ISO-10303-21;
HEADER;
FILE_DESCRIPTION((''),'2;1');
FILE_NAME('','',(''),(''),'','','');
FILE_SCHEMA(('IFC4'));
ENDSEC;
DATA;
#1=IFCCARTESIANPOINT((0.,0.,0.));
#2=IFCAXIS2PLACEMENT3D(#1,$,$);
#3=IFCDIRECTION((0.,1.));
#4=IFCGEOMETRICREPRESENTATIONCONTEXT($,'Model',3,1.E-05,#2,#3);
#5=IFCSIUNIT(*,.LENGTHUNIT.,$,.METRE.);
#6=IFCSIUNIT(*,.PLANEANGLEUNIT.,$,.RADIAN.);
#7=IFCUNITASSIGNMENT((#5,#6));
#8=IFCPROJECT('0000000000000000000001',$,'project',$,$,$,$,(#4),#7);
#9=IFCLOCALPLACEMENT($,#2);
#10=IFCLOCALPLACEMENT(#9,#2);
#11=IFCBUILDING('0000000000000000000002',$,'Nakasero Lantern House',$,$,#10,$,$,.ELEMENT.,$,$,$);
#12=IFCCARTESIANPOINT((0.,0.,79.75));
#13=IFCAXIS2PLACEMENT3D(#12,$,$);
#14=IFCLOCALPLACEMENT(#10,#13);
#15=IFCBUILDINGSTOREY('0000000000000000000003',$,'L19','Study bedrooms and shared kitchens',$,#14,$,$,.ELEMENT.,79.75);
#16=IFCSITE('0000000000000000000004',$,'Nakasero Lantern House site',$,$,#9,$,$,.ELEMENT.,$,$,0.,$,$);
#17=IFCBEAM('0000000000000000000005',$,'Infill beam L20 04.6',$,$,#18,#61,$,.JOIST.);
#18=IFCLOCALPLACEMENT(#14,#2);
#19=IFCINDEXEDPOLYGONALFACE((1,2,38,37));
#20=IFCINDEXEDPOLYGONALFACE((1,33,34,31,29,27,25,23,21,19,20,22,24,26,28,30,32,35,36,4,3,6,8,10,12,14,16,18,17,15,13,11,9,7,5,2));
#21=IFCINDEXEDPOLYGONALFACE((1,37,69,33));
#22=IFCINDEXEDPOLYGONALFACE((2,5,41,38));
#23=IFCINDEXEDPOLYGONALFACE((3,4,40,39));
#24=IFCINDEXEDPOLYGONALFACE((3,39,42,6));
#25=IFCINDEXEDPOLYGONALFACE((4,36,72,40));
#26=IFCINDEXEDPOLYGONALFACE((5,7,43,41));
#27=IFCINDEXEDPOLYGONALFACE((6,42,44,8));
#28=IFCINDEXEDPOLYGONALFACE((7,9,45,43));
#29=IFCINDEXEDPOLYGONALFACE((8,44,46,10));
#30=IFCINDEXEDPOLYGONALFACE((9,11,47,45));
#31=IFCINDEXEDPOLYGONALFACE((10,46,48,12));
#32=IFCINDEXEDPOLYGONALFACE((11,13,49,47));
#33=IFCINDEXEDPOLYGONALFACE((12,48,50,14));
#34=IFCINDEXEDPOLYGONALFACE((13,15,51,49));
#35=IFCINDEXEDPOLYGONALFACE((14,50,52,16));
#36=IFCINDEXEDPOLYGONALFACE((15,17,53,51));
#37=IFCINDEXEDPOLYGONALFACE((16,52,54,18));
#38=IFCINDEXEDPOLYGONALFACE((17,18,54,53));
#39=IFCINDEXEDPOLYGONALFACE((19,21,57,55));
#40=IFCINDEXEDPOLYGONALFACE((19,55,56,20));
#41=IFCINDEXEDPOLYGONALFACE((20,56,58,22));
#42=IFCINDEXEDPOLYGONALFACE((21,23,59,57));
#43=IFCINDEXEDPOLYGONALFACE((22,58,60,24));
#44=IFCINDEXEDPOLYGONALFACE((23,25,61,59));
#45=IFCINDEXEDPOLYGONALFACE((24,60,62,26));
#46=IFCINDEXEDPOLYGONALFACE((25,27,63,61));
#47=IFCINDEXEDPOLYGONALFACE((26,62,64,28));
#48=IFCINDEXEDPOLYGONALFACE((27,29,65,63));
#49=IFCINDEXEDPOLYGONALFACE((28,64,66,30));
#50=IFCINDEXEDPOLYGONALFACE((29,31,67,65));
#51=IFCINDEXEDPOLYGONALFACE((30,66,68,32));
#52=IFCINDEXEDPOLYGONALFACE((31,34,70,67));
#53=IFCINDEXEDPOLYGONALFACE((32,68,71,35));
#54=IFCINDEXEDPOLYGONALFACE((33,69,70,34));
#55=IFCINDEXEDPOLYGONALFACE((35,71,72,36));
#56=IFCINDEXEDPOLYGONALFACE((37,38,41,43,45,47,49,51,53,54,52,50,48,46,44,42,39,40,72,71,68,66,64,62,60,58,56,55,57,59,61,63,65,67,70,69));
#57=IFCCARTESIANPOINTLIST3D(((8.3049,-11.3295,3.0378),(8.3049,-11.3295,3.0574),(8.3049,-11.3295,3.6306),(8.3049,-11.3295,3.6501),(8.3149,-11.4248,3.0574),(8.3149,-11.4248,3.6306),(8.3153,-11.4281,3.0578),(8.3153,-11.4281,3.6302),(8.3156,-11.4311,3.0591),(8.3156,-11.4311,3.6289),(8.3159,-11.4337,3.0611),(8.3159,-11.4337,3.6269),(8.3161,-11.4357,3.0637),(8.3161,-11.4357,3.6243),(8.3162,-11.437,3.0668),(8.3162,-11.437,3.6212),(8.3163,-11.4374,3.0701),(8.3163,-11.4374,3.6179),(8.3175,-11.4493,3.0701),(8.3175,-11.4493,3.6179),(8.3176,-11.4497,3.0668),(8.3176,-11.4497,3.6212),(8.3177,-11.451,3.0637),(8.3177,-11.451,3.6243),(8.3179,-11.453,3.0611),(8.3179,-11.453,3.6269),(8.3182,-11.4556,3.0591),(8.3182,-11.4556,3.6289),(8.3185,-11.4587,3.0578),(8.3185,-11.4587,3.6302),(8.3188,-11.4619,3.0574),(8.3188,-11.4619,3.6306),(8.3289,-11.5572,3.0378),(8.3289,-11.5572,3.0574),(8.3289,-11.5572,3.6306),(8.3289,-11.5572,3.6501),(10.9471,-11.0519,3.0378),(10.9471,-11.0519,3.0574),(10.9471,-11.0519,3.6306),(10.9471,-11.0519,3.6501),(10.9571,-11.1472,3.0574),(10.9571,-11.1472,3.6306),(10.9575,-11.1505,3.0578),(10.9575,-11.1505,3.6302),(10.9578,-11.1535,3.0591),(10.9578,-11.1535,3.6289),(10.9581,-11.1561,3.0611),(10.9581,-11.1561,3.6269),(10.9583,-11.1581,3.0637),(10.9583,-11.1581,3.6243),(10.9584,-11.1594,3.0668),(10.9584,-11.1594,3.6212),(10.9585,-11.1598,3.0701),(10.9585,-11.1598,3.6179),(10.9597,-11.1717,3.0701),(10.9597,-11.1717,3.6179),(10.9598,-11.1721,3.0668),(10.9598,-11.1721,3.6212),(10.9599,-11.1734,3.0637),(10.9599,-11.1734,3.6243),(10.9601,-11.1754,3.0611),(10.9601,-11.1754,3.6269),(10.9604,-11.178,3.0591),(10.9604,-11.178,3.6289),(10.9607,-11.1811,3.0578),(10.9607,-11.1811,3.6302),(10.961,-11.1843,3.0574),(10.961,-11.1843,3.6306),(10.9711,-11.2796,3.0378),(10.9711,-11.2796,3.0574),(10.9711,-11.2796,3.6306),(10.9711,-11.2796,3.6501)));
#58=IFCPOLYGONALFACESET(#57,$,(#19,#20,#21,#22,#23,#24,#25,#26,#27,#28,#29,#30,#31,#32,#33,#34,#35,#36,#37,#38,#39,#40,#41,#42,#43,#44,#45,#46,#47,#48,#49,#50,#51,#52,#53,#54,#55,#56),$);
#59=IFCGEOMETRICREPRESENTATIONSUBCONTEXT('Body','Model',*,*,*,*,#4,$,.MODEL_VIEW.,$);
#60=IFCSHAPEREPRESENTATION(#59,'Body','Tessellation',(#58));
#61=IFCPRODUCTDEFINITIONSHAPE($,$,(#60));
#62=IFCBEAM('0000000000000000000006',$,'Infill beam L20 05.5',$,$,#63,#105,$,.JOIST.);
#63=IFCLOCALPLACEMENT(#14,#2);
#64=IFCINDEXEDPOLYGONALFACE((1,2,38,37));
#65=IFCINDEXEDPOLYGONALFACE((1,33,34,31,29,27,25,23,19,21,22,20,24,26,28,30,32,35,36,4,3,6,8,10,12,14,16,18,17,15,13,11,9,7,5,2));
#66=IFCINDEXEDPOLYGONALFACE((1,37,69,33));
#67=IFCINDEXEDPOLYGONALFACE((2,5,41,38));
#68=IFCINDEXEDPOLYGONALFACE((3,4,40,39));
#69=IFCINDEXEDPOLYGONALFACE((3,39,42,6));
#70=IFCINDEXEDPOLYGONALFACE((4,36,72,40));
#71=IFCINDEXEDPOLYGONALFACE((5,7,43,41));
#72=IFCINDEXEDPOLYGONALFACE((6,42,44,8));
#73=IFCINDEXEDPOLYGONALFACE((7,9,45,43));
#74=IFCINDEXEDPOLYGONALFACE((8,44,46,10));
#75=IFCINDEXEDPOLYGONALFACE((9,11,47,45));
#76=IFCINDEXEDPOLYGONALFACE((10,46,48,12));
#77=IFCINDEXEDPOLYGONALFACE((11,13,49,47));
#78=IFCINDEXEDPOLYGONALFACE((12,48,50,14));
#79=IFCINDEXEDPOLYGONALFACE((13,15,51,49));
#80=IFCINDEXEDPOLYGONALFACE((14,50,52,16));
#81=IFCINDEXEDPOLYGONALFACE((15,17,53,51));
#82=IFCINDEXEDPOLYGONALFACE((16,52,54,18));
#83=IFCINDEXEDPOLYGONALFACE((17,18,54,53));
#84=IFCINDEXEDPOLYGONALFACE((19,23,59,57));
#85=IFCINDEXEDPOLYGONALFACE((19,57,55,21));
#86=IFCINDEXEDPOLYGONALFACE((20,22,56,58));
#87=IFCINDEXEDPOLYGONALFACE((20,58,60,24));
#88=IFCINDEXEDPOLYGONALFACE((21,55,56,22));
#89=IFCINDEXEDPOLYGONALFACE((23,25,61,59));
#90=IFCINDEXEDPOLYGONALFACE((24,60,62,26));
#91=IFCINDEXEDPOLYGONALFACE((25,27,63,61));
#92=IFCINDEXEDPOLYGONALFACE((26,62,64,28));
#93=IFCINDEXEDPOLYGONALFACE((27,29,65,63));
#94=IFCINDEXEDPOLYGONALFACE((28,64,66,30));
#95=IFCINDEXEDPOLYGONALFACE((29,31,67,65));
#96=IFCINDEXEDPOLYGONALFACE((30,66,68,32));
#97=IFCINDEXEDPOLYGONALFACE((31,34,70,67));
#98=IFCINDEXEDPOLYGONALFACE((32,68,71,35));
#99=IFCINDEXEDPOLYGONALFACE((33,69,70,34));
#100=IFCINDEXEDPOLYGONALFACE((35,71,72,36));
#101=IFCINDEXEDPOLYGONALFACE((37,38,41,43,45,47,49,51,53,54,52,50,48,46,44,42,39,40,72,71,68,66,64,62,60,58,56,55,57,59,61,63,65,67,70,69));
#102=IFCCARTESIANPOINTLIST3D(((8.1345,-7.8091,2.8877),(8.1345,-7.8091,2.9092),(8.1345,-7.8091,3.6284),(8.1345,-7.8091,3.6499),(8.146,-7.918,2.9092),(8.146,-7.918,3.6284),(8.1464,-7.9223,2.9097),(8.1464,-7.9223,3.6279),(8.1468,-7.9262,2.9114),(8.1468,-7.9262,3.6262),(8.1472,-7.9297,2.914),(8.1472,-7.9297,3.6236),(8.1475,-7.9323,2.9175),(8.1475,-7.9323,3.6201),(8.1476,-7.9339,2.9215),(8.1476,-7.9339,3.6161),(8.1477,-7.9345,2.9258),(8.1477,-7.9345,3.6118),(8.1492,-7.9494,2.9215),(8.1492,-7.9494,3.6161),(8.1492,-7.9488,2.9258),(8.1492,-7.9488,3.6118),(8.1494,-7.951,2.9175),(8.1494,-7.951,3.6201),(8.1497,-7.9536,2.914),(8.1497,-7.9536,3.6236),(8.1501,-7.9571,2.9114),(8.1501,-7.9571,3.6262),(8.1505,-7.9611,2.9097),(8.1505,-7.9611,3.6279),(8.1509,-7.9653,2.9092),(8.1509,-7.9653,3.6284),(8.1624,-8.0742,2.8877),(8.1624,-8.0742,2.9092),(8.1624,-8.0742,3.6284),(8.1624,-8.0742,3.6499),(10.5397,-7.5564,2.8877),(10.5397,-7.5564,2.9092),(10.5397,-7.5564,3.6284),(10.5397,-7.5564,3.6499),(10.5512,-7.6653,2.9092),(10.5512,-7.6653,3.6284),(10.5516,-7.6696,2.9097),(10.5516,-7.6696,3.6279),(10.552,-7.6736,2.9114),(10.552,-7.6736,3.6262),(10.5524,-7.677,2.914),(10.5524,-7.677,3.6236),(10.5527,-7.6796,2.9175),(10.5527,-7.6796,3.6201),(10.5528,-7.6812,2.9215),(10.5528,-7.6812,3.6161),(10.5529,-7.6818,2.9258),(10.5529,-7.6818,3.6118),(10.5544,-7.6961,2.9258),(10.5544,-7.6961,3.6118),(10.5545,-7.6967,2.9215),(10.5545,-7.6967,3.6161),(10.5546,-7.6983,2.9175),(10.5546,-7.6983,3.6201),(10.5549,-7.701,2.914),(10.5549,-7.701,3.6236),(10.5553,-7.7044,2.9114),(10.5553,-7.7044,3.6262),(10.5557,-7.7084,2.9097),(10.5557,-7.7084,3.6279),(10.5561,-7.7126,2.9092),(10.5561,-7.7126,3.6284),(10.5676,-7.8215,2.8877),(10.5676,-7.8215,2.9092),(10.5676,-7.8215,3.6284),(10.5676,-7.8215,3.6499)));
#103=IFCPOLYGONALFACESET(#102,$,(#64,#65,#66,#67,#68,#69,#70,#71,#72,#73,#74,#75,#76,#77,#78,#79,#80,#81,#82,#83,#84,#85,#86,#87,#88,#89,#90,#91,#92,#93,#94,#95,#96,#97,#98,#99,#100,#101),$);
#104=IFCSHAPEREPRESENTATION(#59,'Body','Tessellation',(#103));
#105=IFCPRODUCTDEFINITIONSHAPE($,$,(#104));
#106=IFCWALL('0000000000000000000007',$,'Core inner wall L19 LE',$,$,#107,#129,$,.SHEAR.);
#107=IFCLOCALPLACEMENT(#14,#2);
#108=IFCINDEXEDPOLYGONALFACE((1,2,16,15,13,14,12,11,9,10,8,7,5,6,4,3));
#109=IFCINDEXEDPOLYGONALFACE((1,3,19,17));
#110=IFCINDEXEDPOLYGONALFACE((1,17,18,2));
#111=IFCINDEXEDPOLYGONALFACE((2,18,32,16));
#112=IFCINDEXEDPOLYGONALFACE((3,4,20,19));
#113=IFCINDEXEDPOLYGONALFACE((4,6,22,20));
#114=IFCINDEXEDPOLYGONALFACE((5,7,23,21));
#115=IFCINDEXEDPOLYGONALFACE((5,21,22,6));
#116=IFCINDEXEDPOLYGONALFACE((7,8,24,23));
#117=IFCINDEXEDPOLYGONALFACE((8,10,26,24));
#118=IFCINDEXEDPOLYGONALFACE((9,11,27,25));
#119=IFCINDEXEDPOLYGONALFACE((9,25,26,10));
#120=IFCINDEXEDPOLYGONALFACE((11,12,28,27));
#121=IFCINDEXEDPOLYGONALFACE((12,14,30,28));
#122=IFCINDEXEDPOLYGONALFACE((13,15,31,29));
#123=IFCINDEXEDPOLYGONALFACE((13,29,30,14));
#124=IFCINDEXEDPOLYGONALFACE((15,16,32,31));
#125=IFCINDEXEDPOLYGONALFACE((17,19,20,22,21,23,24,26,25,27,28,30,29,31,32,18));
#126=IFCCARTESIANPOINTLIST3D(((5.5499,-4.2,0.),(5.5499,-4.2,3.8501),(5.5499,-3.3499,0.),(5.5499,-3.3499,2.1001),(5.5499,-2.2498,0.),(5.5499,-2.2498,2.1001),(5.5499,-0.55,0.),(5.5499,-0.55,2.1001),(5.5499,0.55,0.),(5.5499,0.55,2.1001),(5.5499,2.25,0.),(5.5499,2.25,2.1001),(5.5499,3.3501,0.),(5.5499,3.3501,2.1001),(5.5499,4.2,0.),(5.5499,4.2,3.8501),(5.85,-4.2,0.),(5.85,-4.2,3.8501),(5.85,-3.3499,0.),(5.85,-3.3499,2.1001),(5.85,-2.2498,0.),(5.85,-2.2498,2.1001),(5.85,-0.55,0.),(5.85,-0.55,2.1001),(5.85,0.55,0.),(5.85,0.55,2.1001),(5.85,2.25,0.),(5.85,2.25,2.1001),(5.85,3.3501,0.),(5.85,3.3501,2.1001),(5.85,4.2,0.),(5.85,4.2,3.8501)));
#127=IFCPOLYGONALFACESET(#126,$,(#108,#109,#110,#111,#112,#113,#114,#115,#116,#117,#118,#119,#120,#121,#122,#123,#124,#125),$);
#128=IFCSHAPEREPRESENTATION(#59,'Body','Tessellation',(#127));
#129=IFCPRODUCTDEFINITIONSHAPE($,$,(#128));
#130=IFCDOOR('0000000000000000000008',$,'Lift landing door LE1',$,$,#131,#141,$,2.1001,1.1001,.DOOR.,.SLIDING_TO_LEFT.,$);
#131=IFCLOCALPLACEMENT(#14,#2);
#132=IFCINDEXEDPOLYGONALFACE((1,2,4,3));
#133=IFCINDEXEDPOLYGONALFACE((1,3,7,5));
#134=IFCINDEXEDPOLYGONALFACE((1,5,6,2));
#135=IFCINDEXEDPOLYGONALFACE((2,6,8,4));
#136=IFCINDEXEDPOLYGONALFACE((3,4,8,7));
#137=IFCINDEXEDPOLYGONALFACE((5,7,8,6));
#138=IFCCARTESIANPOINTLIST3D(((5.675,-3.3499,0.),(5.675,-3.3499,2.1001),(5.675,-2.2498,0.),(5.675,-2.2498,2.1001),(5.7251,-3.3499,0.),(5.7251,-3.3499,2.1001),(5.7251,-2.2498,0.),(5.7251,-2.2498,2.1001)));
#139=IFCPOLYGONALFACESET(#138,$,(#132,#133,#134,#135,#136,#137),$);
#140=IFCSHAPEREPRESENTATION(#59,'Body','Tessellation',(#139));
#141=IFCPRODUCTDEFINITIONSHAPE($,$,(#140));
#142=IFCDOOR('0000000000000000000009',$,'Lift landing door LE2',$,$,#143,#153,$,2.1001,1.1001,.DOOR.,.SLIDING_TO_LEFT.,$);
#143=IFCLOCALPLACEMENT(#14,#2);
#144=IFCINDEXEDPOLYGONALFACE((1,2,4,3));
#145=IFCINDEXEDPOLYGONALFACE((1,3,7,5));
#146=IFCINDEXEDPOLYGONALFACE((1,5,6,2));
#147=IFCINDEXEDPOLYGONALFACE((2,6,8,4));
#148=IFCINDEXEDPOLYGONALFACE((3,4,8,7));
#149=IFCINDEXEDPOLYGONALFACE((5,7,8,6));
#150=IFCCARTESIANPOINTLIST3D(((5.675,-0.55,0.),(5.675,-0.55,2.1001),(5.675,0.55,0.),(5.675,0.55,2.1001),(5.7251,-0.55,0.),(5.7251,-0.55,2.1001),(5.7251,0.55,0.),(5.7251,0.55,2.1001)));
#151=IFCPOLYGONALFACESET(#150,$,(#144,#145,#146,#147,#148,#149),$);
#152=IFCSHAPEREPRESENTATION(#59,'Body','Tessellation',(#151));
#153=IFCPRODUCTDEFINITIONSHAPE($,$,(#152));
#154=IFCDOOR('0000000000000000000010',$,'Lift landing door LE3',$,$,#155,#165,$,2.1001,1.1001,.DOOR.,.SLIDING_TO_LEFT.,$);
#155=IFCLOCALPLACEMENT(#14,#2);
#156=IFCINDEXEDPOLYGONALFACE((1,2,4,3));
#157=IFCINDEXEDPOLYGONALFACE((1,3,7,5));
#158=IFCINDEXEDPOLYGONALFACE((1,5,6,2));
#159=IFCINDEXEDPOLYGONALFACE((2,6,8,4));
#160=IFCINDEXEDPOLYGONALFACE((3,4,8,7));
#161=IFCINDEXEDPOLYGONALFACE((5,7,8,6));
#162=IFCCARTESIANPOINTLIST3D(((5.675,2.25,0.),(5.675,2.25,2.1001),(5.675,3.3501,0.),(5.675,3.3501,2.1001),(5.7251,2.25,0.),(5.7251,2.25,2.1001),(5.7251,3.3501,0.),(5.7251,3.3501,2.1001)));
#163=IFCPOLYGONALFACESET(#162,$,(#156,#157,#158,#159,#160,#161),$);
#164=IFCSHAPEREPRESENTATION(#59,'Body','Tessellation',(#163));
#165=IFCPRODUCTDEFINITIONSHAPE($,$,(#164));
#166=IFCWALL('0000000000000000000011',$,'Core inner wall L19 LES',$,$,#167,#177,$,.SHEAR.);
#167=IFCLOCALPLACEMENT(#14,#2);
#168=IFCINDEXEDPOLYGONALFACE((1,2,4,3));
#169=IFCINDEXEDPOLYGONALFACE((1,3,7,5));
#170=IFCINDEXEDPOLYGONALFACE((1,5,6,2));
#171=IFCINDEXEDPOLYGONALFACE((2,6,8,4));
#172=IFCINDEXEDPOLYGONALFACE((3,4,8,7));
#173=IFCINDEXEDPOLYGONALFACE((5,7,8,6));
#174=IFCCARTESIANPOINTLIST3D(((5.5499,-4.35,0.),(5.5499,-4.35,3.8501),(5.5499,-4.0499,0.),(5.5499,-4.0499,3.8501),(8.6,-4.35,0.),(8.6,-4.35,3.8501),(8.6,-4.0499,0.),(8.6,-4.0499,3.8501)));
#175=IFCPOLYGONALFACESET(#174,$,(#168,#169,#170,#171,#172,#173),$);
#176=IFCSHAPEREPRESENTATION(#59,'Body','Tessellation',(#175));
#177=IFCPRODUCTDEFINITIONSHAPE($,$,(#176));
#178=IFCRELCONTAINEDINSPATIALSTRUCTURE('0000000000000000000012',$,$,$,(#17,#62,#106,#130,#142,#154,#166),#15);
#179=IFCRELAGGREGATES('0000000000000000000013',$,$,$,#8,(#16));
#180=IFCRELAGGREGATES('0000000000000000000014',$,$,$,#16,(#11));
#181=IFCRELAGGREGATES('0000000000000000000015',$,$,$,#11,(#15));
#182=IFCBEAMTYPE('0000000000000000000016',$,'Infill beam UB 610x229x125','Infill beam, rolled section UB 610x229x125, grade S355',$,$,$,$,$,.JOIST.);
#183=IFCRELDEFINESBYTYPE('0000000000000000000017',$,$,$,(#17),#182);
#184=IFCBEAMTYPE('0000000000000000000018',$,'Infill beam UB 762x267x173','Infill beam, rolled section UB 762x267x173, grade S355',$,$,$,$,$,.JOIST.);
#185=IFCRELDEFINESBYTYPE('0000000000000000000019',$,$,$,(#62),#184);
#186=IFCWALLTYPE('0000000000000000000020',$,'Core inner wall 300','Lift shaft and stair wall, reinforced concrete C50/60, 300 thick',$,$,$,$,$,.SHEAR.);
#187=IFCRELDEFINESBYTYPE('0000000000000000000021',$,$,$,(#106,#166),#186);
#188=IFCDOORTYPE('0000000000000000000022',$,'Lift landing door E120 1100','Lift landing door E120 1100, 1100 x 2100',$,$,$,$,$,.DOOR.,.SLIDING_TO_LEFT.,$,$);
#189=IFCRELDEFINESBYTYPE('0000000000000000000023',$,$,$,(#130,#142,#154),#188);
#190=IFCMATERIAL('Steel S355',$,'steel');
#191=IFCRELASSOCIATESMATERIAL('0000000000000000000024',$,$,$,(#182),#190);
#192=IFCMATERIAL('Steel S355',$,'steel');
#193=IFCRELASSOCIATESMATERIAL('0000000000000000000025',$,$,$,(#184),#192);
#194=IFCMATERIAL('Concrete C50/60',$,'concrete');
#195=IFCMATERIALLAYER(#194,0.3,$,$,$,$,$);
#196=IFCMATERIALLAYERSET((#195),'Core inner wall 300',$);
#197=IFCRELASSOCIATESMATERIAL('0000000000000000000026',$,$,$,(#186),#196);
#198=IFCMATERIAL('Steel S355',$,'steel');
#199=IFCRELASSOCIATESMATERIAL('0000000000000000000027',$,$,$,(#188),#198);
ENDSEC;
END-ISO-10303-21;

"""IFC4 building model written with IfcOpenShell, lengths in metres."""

from ifc_helpers import new_model, si_unit, direction, frame, frame_2d, origin, origin_2d, place, context, subcontext, project, spatial, rectangle, i_section, extrude, material, layer, layer_set, material_profile, profile_set, type_object, element, fill, save


model = new_model("IFC4")

# Units and contexts
model_context = context("Model", 3, precision=1e-05, world=origin(), true_north=direction((0.0, 1.0)))
body_context = subcontext(model_context, "Body", "Model", "MODEL_VIEW")
ifc_project = project(units=[si_unit("LENGTHUNIT", "METRE"), si_unit("PLANEANGLEUNIT", "RADIAN")], contexts=[model_context])

# Site, building, storey
site_placement = place(None, origin())
site = spatial("IfcSite", under=ifc_project, at=site_placement, Name="Nakasero Lantern House site", CompositionType="ELEMENT", RefElevation=0.0)
building_placement = place(site_placement, origin())
building = spatial("IfcBuilding", under=site, at=building_placement, Name="Nakasero Lantern House", CompositionType="ELEMENT")
storey_placement = place(building_placement, frame((0.0, 0.0, 79.75)))
storey = spatial("IfcBuildingStorey", under=building, at=storey_placement, Name="L19", Description="Study bedrooms and shared kitchens", CompositionType="ELEMENT", Elevation=79.75)

# Beams
ifc_material_1 = material(Name="Steel S355", Category="steel")
ifc_material_profile_1 = material_profile(ifc_material_1, i_section(OverallWidth=0.229, OverallDepth=0.6123, WebThickness=0.012, FlangeThickness=0.0195, FilletRadius=0.0127, at=origin_2d()), Name="UB 610x229x125")
ifc_profile_set_1 = profile_set([ifc_material_profile_1], Name="Steel S355")
beam_type_1 = type_object("IfcBeamType", Name="Infill beam UB 610x229x125", Description="Infill beam, rolled section UB 610x229x125, grade S355", PredefinedType="JOIST", material=ifc_profile_set_1)
beam_1_placement = place(storey_placement, frame((8.3169, -11.4434, 3.344), z_axis=(0.994526, 0.104489, 0.0), x_axis=(-0.104489, 0.994526, 0.0)))
element("IfcBeam", 1, at=beam_1_placement, inside=storey, type_object=beam_type_1, Name="Infill beam L20 04.6", PredefinedType="JOIST", context=body_context, shape_type="SweptSolid", body=[
    extrude(i_section(OverallWidth=0.229, OverallDepth=0.6123, WebThickness=0.012, FlangeThickness=0.0195, FilletRadius=0.0127, at=origin_2d()), origin(), (0.0, 0.0, 1.0), 2.6567),
])
ifc_material_2 = material(Name="Steel S355", Category="steel")
ifc_material_profile_2 = material_profile(ifc_material_2, i_section(OverallWidth=0.2666, OverallDepth=0.7622, WebThickness=0.0144, FlangeThickness=0.0215, FilletRadius=0.0166, at=origin_2d()), Name="UB 762x267x173")
ifc_profile_set_2 = profile_set([ifc_material_profile_2], Name="Steel S355")
beam_type_2 = type_object("IfcBeamType", Name="Infill beam UB 762x267x173", Description="Infill beam, rolled section UB 762x267x173, grade S355", PredefinedType="JOIST", material=ifc_profile_set_2)
beam_2_placement = place(storey_placement, frame((8.1484, -7.9417, 3.2688), z_axis=(0.994527, 0.10448, 0.0), x_axis=(-0.10448, 0.994527, 0.0)))
element("IfcBeam", 2, at=beam_2_placement, inside=storey, type_object=beam_type_2, Name="Infill beam L20 05.5", PredefinedType="JOIST", context=body_context, shape_type="SweptSolid", body=[
    extrude(i_section(OverallWidth=0.2666, OverallDepth=0.7622, WebThickness=0.0144, FlangeThickness=0.0215, FilletRadius=0.0166, at=origin_2d()), origin(), (0.0, 0.0, 1.0), 2.4185),
])

# Wall, openings, doors
ifc_material_3 = material(Name="Concrete C50/60", Category="concrete")
ifc_layer_1 = layer(ifc_material_3, 0.3)
ifc_layer_set_1 = layer_set([ifc_layer_1], Name="Core inner wall 300")
wall_type_1 = type_object("IfcWallType", Name="Core inner wall 300", Description="Lift shaft and stair wall, reinforced concrete C50/60, 300 thick", PredefinedType="SHEAR", material=ifc_layer_set_1)
wall_1_placement = place(storey_placement, frame((5.7, -4.2, 0.0), z_axis=(0.0, 0.0, 1.0), x_axis=(0.0, 1.0, 0.0)))
wall_1 = element("IfcWall", 3, at=wall_1_placement, inside=storey, type_object=wall_type_1, Name="Core inner wall L19 LE", PredefinedType="SHEAR", context=body_context, shape_type="SweptSolid", body=[
    extrude(rectangle(XDim=8.3999, YDim=0.3, at=frame_2d((4.2, 0.0))), origin(), (0.0, 0.0, 1.0), 3.8501),
])
opening_1_placement = place(wall_1_placement, frame((0.8501, 0.0, 0.0)))
opening_1 = element("IfcOpeningElement", 4, at=opening_1_placement, cuts=wall_1, PredefinedType="OPENING", context=body_context, shape_type="SweptSolid", body=[
    extrude(rectangle(XDim=1.1001, YDim=2.1001, at=frame_2d((0.55, 1.05))), frame((0.0, 0.1699, 0.0), z_axis=(0.0, -1.0, 0.0), x_axis=(1.0, 0.0, 0.0)), (0.0, 0.0, 1.0), 0.3401),
])
opening_2_placement = place(wall_1_placement, frame((3.6499, 0.0, 0.0)))
opening_2 = element("IfcOpeningElement", 5, at=opening_2_placement, cuts=wall_1, PredefinedType="OPENING", context=body_context, shape_type="SweptSolid", body=[
    extrude(rectangle(XDim=1.1001, YDim=2.1001, at=frame_2d((0.55, 1.05))), frame((0.0, 0.1699, 0.0), z_axis=(0.0, -1.0, 0.0), x_axis=(1.0, 0.0, 0.0)), (0.0, 0.0, 1.0), 0.3401),
])
opening_3_placement = place(wall_1_placement, frame((6.45, 0.0, 0.0)))
opening_3 = element("IfcOpeningElement", 6, at=opening_3_placement, cuts=wall_1, PredefinedType="OPENING", context=body_context, shape_type="SweptSolid", body=[
    extrude(rectangle(XDim=1.1001, YDim=2.1001, at=frame_2d((0.55, 1.05))), frame((0.0, 0.1699, 0.0), z_axis=(0.0, -1.0, 0.0), x_axis=(1.0, 0.0, 0.0)), (0.0, 0.0, 1.0), 0.3401),
])
ifc_material_4 = material(Name="Steel S355", Category="steel")
door_type_1 = type_object("IfcDoorType", Name="Lift landing door E120 1100", Description="Lift landing door E120 1100, 1100 x 2100", OperationType="SLIDING_TO_LEFT", PredefinedType="DOOR", material=ifc_material_4)
door_1_placement = place(opening_1_placement, origin())
door_1 = element("IfcDoor", 7, at=door_1_placement, inside=storey, type_object=door_type_1, Name="Lift landing door LE1", OperationType="SLIDING_TO_LEFT", OverallHeight=2.1001, OverallWidth=1.1001, PredefinedType="DOOR", context=body_context, shape_type="SweptSolid", body=[
    extrude(rectangle(XDim=1.1001, YDim=2.1001, at=frame_2d((0.55, 1.05))), frame((0.0, 0.0249, 0.0), z_axis=(0.0, -1.0, 0.0), x_axis=(1.0, 0.0, 0.0)), (0.0, 0.0, 1.0), 0.05),
])
fill(opening_1, door_1)
door_2_placement = place(opening_2_placement, origin())
door_2 = element("IfcDoor", 8, at=door_2_placement, inside=storey, type_object=door_type_1, Name="Lift landing door LE2", OperationType="SLIDING_TO_LEFT", OverallHeight=2.1001, OverallWidth=1.1001, PredefinedType="DOOR", context=body_context, shape_type="SweptSolid", body=[
    extrude(rectangle(XDim=1.1001, YDim=2.1001, at=frame_2d((0.55, 1.05))), frame((0.0, 0.0249, 0.0), z_axis=(0.0, -1.0, 0.0), x_axis=(1.0, 0.0, 0.0)), (0.0, 0.0, 1.0), 0.05),
])
fill(opening_2, door_2)
door_3_placement = place(opening_3_placement, origin())
door_3 = element("IfcDoor", 9, at=door_3_placement, inside=storey, type_object=door_type_1, Name="Lift landing door LE3", OperationType="SLIDING_TO_LEFT", OverallHeight=2.1001, OverallWidth=1.1001, PredefinedType="DOOR", context=body_context, shape_type="SweptSolid", body=[
    extrude(rectangle(XDim=1.1001, YDim=2.1001, at=frame_2d((0.55, 1.05))), frame((0.0, 0.0249, 0.0), z_axis=(0.0, -1.0, 0.0), x_axis=(1.0, 0.0, 0.0)), (0.0, 0.0, 1.0), 0.05),
])
fill(opening_3, door_3)

# Wall
wall_2_placement = place(storey_placement, frame((5.55, -4.2, 0.0), z_axis=(0.0, 0.0, 1.0), x_axis=(1.0, 0.0, 0.0)))
element("IfcWall", 10, at=wall_2_placement, inside=storey, type_object=wall_type_1, Name="Core inner wall L19 LES", PredefinedType="SHEAR", context=body_context, shape_type="SweptSolid", body=[
    extrude(rectangle(XDim=3.05, YDim=0.3, at=frame_2d((1.5249, 0.0))), origin(), (0.0, 0.0, 1.0), 3.8501),
])

save(model, "model.ifc")
